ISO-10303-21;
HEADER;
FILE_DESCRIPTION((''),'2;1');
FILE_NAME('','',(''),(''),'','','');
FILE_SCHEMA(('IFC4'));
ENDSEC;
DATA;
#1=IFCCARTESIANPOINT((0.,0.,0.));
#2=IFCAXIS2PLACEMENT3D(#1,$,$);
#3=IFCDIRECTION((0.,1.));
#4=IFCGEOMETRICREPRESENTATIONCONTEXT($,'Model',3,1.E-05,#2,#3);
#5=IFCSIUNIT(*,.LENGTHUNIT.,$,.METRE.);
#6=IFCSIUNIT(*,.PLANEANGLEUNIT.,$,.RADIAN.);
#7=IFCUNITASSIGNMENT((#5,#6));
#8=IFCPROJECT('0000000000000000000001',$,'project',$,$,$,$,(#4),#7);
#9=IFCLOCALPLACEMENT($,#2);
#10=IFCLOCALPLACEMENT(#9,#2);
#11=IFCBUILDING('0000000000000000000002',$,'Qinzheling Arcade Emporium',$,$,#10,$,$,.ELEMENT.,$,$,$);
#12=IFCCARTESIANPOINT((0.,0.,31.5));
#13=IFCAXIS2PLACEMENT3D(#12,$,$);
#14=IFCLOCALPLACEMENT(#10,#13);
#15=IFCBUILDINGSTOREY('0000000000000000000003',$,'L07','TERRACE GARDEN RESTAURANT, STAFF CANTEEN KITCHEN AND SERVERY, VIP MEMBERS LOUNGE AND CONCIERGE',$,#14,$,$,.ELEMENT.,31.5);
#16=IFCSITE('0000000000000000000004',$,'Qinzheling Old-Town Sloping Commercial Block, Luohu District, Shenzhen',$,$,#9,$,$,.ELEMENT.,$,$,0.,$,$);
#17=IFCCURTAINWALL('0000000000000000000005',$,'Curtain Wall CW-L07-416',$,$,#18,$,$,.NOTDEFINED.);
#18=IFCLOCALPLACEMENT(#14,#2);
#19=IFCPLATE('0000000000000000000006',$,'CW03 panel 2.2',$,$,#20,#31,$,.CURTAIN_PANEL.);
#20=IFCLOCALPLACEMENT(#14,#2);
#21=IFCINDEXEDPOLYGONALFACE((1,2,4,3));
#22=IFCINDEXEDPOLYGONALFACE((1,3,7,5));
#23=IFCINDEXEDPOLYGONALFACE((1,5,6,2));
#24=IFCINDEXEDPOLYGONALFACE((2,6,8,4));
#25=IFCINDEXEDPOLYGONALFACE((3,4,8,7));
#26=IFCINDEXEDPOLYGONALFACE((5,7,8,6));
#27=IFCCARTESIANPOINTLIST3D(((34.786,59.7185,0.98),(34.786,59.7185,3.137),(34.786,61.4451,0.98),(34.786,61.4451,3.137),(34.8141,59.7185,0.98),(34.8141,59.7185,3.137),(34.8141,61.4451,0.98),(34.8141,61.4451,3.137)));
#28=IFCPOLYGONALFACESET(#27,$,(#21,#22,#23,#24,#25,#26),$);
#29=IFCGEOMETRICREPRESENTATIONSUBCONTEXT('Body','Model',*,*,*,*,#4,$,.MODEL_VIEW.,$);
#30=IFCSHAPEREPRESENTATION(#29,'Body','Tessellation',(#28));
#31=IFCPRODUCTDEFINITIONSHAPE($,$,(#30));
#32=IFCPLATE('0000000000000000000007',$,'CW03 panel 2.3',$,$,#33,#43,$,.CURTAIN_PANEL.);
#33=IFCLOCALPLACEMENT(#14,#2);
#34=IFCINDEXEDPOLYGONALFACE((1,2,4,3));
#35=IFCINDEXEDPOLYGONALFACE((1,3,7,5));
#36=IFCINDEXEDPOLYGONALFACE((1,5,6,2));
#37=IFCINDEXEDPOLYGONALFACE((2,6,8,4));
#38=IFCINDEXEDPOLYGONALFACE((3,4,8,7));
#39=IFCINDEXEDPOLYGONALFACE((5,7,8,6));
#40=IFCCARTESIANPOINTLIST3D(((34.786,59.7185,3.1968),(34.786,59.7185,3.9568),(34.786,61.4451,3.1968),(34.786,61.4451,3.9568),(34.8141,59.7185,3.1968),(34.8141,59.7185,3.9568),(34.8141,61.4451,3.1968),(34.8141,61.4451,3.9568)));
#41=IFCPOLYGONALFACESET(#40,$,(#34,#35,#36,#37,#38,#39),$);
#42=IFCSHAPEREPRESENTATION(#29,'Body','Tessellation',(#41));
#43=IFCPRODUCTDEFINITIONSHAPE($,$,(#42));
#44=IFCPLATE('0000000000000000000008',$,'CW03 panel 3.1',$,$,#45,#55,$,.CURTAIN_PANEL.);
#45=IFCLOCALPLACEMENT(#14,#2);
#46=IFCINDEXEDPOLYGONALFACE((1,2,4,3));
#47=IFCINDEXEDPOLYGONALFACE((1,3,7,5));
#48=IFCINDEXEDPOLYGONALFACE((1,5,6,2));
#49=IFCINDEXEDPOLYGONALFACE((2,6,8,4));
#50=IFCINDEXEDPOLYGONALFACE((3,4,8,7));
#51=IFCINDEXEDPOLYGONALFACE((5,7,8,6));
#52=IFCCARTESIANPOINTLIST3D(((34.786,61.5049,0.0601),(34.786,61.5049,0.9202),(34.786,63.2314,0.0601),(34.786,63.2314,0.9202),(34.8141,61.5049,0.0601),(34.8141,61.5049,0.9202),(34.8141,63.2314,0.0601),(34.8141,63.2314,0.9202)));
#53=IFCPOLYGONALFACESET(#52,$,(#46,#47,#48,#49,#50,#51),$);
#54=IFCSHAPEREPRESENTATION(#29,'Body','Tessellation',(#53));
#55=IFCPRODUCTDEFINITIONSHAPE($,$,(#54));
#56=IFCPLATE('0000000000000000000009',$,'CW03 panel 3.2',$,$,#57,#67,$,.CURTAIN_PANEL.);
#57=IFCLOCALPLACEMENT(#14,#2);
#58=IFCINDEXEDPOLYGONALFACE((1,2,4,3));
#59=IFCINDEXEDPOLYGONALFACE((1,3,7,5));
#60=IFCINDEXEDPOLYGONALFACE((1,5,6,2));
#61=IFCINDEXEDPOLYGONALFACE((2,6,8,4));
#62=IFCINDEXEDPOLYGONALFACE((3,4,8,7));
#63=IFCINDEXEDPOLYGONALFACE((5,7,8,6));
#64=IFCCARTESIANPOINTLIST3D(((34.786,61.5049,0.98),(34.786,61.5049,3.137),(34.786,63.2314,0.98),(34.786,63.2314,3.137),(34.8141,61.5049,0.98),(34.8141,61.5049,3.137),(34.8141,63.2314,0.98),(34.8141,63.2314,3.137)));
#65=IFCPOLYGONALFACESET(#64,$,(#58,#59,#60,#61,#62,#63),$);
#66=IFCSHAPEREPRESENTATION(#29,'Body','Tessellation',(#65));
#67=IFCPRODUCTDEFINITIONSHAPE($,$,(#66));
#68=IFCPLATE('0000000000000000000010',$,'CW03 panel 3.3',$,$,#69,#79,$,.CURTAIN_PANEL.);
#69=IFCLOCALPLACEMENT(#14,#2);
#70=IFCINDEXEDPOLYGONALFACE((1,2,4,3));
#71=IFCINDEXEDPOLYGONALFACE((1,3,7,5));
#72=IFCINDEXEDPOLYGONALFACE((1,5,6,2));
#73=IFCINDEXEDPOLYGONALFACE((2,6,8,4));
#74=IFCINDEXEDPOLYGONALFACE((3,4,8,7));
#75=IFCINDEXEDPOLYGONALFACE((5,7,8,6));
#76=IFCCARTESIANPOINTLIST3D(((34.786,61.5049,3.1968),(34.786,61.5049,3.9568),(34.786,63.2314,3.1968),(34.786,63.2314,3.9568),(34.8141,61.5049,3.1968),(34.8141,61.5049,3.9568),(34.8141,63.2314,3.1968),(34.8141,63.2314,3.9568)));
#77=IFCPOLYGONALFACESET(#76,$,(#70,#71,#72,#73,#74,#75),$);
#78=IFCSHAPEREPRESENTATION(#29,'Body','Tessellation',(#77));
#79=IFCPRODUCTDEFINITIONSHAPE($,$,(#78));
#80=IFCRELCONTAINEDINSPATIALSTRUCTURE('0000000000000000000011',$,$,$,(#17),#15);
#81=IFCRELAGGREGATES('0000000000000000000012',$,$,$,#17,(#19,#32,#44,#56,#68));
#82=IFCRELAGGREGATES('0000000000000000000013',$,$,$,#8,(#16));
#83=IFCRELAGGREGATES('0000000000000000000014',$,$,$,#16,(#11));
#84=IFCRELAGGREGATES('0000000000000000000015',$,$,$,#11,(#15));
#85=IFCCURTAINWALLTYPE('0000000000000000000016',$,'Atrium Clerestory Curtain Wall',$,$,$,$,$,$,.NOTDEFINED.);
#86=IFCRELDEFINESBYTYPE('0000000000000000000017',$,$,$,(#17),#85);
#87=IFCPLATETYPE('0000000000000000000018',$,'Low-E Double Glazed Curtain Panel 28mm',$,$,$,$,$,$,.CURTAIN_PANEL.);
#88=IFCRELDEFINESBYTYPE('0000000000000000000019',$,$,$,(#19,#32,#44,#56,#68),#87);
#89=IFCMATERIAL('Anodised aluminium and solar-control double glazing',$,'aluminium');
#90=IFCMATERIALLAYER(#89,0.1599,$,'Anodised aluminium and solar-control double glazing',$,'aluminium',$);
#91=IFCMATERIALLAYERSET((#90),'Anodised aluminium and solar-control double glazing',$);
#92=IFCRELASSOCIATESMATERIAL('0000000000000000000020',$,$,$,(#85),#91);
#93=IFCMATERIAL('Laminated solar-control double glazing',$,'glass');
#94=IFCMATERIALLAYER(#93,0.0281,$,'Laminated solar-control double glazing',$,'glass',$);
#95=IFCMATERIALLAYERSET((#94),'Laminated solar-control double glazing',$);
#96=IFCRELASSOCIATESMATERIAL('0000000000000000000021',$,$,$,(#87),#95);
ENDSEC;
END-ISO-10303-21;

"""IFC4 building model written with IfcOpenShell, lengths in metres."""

from ifc_helpers import new_model, si_unit, direction, frame, origin, origin_2d, place, context, subcontext, project, spatial, rectangle, extrude, material, layer, layer_set, type_object, element, aggregate, save


model = new_model("IFC4")

# Units and contexts
model_context = context("Model", 3, precision=1e-05, world=origin(), true_north=direction((0.0, 1.0)))
body_context = subcontext(model_context, "Body", "Model", "MODEL_VIEW")
ifc_project = project(units=[si_unit("LENGTHUNIT", "METRE"), si_unit("PLANEANGLEUNIT", "RADIAN")], contexts=[model_context])

# Site, building, storey
site_placement = place(None, origin())
site = spatial("IfcSite", under=ifc_project, at=site_placement, Name="Qinzheling Old-Town Sloping Commercial Block, Luohu District, Shenzhen", CompositionType="ELEMENT", RefElevation=0.0)
building_placement = place(site_placement, origin())
building = spatial("IfcBuilding", under=site, at=building_placement, Name="Qinzheling Arcade Emporium", CompositionType="ELEMENT")
storey_placement = place(building_placement, frame((0.0, 0.0, 31.5)))
storey = spatial("IfcBuildingStorey", under=building, at=storey_placement, Name="L07", Description="TERRACE GARDEN RESTAURANT, STAFF CANTEEN KITCHEN AND SERVERY, VIP MEMBERS LOUNGE AND CONCIERGE", CompositionType="ELEMENT", Elevation=31.5)

# Shared definitions
ifc_material_1 = material(Name="Anodised aluminium and solar-control double glazing", Category="aluminium")
ifc_layer_1 = layer(ifc_material_1, 0.1599, Name="Anodised aluminium and solar-control double glazing", Category="aluminium")
ifc_layer_set_1 = layer_set([ifc_layer_1], Name="Anodised aluminium and solar-control double glazing")
curtain_wall_type = type_object("IfcCurtainWallType", Name="Atrium Clerestory Curtain Wall", PredefinedType="NOTDEFINED", material=ifc_layer_set_1)

# Curtain wall, plates
curtain_wall_1_placement = place(storey_placement, origin())
curtain_wall_1 = element("IfcCurtainWall", 1, at=curtain_wall_1_placement, inside=storey, type_object=curtain_wall_type, Name="Curtain Wall CW-L07-416", PredefinedType="NOTDEFINED")
ifc_material_2 = material(Name="Laminated solar-control double glazing", Category="glass")
ifc_layer_2 = layer(ifc_material_2, 0.0281, Name="Laminated solar-control double glazing", Category="glass")
ifc_layer_set_2 = layer_set([ifc_layer_2], Name="Laminated solar-control double glazing")
plate_type = type_object("IfcPlateType", Name="Low-E Double Glazed Curtain Panel 28mm", PredefinedType="CURTAIN_PANEL", material=ifc_layer_set_2)
plate_1_placement = place(storey_placement, frame((34.8, 60.5818, 0.98), z_axis=(0.0, 0.0, 1.0), x_axis=(0.0, 1.0, 0.0)))
plate_1 = element("IfcPlate", 2, at=plate_1_placement, type_object=plate_type, Name="CW03 panel 2.2", PredefinedType="CURTAIN_PANEL", context=body_context, shape_type="SweptSolid", body=[
    extrude(rectangle(XDim=1.7266, YDim=0.0281, at=origin_2d()), origin(), (0.0, 0.0, 1.0), 2.157),
])
plate_2_placement = place(storey_placement, frame((34.8, 60.5818, 3.1968), z_axis=(0.0, 0.0, 1.0), x_axis=(0.0, 1.0, 0.0)))
plate_2 = element("IfcPlate", 3, at=plate_2_placement, type_object=plate_type, Name="CW03 panel 2.3", PredefinedType="CURTAIN_PANEL", context=body_context, shape_type="SweptSolid", body=[
    extrude(rectangle(XDim=1.7266, YDim=0.0281, at=origin_2d()), origin(), (0.0, 0.0, 1.0), 0.76),
])
plate_3_placement = place(storey_placement, frame((34.8, 62.3682, 0.0601), z_axis=(0.0, 0.0, 1.0), x_axis=(0.0, 1.0, 0.0)))
plate_3 = element("IfcPlate", 4, at=plate_3_placement, type_object=plate_type, Name="CW03 panel 3.1", PredefinedType="CURTAIN_PANEL", context=body_context, shape_type="SweptSolid", body=[
    extrude(rectangle(XDim=1.7266, YDim=0.0281, at=origin_2d()), origin(), (0.0, 0.0, 1.0), 0.8601),
])
plate_4_placement = place(storey_placement, frame((34.8, 62.3682, 0.98), z_axis=(0.0, 0.0, 1.0), x_axis=(0.0, 1.0, 0.0)))
plate_4 = element("IfcPlate", 5, at=plate_4_placement, type_object=plate_type, Name="CW03 panel 3.2", PredefinedType="CURTAIN_PANEL", context=body_context, shape_type="SweptSolid", body=[
    extrude(rectangle(XDim=1.7266, YDim=0.0281, at=origin_2d()), origin(), (0.0, 0.0, 1.0), 2.157),
])
plate_5_placement = place(storey_placement, frame((34.8, 62.3682, 3.1968), z_axis=(0.0, 0.0, 1.0), x_axis=(0.0, 1.0, 0.0)))
plate_5 = element("IfcPlate", 6, at=plate_5_placement, type_object=plate_type, Name="CW03 panel 3.3", PredefinedType="CURTAIN_PANEL", context=body_context, shape_type="SweptSolid", body=[
    extrude(rectangle(XDim=1.7266, YDim=0.0281, at=origin_2d()), origin(), (0.0, 0.0, 1.0), 0.76),
])
aggregate(curtain_wall_1, [plate_1, plate_2, plate_3, plate_4, plate_5])

save(model, "model.ifc")
